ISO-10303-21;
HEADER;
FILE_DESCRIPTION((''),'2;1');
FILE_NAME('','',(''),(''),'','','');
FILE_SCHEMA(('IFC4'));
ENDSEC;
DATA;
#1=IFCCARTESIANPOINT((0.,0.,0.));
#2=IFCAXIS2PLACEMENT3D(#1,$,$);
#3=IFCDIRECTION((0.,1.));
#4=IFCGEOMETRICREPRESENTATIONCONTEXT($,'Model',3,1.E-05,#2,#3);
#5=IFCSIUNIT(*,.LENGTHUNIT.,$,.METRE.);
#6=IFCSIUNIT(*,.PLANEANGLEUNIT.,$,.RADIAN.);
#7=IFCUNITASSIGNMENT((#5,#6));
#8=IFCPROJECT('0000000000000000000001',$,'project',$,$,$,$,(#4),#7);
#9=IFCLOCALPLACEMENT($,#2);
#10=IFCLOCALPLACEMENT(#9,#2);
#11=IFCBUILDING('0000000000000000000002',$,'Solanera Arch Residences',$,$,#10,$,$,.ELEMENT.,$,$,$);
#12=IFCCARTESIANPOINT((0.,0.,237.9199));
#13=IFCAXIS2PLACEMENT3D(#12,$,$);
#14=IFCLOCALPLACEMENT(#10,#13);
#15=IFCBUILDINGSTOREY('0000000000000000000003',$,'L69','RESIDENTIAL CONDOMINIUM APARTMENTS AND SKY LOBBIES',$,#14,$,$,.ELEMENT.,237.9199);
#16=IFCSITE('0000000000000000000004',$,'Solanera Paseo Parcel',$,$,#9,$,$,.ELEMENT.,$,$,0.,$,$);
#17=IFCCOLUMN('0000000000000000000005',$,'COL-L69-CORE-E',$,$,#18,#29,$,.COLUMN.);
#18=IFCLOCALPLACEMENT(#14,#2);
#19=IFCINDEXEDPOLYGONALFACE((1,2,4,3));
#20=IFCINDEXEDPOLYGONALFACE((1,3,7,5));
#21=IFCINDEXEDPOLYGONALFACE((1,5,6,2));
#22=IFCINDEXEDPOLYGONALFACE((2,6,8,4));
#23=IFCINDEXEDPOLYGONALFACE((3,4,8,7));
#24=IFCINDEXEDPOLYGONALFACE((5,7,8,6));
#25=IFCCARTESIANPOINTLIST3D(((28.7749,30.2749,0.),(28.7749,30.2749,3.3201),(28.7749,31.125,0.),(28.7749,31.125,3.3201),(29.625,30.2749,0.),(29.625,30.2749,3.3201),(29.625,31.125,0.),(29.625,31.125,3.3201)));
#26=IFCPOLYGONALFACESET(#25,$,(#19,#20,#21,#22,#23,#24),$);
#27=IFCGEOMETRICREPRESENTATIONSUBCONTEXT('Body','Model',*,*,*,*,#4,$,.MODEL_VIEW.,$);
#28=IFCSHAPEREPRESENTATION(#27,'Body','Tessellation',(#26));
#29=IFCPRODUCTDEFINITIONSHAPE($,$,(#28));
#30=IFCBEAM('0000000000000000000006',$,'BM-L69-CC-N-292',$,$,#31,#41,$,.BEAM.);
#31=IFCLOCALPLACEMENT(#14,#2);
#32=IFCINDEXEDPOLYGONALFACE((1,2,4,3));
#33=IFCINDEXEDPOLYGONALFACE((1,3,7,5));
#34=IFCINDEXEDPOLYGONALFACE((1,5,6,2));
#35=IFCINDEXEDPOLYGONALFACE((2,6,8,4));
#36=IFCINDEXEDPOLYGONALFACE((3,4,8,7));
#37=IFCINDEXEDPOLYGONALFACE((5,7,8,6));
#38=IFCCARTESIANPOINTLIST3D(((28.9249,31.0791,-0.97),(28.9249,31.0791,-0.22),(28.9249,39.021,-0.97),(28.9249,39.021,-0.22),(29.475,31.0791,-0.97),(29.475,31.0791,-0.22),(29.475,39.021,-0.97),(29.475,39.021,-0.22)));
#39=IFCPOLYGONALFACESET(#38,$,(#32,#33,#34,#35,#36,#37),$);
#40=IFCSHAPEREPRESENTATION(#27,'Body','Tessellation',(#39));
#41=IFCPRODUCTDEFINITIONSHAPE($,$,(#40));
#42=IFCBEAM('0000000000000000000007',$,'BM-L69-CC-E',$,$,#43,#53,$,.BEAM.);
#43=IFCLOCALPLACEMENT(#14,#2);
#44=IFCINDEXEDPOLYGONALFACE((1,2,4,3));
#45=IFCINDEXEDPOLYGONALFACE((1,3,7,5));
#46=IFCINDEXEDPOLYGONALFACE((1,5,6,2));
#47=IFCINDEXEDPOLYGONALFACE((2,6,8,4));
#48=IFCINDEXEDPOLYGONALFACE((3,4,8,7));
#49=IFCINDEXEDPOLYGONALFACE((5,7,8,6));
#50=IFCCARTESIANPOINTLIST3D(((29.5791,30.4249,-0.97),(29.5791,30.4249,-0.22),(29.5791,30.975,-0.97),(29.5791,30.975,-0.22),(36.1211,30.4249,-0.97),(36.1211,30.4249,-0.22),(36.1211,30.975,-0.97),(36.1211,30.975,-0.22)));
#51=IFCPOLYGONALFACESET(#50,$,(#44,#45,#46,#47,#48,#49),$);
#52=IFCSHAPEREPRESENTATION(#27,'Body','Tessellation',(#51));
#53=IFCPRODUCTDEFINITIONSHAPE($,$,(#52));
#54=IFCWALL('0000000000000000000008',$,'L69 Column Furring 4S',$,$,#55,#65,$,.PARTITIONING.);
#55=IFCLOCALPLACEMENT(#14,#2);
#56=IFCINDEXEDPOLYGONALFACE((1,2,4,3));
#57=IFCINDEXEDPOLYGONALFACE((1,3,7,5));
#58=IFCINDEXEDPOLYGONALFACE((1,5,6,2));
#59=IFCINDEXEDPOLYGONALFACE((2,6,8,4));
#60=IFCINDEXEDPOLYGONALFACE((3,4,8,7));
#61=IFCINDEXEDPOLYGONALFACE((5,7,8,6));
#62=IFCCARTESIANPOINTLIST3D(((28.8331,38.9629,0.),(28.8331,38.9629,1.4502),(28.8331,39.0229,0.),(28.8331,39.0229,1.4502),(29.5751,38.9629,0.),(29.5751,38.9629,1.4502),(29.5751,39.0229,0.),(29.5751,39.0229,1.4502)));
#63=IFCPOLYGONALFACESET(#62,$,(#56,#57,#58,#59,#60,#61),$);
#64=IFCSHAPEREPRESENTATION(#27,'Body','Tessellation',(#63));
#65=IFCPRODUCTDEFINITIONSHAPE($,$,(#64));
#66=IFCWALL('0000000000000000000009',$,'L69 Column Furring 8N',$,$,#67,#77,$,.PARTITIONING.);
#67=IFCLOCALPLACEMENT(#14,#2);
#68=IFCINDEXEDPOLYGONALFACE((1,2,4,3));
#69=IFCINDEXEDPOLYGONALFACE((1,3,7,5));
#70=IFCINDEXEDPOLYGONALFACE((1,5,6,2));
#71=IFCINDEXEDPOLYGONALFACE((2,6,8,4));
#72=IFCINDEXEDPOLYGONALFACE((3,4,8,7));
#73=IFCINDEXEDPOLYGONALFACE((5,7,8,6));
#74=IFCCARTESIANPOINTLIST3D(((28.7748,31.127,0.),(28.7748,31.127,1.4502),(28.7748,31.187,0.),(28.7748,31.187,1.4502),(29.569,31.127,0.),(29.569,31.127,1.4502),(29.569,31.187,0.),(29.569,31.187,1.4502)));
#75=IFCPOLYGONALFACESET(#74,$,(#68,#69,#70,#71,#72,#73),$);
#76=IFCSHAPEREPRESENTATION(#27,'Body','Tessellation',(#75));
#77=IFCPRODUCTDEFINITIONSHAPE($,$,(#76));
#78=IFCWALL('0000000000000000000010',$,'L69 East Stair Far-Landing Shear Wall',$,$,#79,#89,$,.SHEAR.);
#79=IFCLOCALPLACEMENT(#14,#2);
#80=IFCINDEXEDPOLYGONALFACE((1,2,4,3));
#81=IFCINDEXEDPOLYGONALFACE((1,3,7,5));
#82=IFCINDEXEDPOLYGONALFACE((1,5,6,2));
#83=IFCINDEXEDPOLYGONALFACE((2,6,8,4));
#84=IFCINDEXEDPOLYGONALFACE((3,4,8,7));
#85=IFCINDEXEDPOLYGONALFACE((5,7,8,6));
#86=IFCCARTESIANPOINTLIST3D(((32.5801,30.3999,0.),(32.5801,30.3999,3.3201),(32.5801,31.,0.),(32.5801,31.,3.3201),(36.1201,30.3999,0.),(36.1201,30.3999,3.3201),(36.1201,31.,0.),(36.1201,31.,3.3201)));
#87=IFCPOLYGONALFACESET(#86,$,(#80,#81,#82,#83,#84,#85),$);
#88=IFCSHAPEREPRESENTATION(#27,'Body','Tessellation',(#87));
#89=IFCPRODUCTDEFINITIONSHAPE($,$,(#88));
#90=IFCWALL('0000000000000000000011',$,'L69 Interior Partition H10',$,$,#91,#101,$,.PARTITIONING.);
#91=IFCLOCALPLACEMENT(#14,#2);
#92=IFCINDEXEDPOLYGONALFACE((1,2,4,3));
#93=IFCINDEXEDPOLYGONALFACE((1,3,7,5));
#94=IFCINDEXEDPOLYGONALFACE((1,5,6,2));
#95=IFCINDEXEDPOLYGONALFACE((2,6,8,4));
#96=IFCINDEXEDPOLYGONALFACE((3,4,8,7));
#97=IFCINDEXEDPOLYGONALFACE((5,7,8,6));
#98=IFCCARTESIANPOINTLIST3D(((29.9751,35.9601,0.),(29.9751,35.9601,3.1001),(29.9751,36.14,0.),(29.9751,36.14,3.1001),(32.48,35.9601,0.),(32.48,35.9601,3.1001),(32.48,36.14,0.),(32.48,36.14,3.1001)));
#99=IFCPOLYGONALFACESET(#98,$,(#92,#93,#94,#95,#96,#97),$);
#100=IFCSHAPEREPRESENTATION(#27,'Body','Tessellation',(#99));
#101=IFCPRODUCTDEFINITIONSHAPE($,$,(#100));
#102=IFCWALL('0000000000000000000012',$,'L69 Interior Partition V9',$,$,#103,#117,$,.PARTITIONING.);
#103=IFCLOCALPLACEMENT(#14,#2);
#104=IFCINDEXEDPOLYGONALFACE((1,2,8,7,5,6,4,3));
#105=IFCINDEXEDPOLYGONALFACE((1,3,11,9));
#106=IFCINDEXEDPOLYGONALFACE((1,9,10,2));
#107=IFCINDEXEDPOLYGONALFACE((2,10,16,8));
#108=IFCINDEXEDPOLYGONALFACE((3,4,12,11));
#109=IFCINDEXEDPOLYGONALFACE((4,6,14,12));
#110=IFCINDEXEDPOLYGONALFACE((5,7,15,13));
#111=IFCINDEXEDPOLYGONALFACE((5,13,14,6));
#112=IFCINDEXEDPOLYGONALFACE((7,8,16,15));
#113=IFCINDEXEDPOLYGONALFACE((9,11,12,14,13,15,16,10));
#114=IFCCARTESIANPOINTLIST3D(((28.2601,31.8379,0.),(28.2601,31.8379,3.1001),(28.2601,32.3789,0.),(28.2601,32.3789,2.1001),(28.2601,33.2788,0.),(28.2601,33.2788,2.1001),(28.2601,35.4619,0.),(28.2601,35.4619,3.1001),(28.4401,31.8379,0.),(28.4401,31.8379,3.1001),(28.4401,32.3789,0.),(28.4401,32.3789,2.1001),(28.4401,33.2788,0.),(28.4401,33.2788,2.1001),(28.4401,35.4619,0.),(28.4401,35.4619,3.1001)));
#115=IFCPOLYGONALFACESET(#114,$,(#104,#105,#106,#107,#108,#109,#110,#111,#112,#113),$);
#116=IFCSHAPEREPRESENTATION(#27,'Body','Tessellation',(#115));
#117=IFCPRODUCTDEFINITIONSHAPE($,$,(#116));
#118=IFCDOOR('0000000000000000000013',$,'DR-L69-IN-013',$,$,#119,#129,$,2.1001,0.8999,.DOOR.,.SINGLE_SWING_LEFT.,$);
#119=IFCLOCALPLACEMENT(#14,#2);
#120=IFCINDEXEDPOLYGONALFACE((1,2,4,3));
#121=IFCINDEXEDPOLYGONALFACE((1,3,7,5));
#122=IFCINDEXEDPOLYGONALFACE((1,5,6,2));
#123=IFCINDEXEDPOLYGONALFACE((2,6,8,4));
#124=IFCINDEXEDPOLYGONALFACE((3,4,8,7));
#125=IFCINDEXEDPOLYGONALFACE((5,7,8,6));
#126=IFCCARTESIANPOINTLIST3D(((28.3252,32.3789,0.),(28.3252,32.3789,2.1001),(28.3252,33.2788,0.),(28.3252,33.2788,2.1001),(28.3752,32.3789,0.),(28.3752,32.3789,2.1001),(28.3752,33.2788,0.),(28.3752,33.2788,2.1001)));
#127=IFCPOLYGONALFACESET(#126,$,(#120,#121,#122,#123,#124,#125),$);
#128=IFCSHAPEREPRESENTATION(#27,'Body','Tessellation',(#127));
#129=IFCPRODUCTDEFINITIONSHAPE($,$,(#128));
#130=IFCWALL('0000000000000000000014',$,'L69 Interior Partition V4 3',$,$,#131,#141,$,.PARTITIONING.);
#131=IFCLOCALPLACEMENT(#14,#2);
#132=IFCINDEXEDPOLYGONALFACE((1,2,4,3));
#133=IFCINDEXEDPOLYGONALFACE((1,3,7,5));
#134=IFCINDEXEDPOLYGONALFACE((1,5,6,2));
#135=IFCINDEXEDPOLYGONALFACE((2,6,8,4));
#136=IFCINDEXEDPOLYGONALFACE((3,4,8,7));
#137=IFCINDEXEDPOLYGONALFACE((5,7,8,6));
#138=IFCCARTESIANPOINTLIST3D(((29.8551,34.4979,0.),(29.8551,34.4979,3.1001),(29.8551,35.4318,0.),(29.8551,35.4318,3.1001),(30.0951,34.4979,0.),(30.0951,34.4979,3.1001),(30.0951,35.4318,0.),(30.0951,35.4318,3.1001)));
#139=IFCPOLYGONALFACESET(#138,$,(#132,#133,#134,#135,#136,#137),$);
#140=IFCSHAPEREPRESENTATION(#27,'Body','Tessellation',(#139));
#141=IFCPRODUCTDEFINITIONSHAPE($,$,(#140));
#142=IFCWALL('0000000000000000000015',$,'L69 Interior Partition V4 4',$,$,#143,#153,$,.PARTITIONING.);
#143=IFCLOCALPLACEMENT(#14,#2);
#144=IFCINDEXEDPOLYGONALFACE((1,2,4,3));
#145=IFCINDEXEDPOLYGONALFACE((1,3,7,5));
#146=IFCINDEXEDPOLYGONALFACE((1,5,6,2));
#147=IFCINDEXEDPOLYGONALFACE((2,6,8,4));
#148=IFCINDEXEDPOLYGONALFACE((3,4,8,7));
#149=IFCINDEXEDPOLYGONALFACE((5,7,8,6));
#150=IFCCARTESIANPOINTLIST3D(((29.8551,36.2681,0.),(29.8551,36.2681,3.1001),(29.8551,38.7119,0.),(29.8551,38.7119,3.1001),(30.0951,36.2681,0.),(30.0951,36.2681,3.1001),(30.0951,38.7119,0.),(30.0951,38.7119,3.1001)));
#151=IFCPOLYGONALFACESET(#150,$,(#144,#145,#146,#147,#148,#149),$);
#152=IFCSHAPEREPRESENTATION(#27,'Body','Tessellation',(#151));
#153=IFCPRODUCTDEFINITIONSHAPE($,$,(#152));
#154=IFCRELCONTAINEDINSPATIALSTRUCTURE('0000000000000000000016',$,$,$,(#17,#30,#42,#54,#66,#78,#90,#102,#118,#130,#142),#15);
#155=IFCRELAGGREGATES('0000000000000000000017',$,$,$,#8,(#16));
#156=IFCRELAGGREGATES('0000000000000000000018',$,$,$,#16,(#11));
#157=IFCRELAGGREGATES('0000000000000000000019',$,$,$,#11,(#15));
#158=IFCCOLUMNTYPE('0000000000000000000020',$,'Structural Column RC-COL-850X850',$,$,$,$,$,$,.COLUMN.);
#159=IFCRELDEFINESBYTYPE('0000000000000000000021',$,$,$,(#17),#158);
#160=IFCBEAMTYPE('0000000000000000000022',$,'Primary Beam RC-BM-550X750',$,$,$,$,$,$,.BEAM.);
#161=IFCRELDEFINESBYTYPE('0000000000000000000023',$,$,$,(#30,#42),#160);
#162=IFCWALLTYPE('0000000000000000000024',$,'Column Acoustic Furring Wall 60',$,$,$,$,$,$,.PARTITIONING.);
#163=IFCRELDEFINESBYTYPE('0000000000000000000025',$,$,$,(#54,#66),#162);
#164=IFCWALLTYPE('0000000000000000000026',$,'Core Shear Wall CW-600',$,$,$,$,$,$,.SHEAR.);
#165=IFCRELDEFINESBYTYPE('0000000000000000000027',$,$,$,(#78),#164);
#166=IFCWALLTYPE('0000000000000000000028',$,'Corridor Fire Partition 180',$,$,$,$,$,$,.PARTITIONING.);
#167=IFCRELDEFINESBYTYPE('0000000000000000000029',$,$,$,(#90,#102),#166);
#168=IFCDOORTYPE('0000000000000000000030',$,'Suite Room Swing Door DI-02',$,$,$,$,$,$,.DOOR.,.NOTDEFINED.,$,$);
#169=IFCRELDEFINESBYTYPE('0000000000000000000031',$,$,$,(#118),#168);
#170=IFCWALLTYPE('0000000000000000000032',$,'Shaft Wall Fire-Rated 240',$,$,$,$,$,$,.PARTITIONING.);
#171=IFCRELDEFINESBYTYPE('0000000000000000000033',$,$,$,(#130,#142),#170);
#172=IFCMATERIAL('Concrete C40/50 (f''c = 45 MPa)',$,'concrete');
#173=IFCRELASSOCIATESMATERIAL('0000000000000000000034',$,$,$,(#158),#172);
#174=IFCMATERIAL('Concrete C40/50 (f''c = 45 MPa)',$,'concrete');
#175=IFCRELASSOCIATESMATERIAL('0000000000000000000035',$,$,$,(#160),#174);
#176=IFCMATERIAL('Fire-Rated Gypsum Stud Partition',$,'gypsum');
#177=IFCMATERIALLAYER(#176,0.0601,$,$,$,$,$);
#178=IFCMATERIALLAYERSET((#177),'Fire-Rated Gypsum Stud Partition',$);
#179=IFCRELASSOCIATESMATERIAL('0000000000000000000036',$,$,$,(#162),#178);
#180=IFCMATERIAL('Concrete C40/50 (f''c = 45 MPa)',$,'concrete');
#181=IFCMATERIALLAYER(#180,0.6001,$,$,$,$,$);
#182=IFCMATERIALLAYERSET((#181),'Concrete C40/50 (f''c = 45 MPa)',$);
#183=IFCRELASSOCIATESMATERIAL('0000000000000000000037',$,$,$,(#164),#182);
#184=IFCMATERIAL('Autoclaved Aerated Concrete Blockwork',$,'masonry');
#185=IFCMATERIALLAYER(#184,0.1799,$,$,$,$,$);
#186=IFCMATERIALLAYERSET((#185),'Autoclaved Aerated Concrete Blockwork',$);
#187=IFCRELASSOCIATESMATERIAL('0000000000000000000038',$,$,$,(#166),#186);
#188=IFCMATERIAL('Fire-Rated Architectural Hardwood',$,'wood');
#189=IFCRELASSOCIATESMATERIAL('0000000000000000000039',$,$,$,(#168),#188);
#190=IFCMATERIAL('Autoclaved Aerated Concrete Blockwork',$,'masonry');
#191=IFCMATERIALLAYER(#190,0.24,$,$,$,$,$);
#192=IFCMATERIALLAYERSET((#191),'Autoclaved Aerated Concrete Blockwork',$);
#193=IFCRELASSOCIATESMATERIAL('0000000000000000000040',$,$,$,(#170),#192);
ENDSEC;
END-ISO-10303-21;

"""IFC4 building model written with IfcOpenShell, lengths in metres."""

from ifc_helpers import new_model, si_unit, direction, frame, frame_2d, origin, origin_2d, place, context, subcontext, project, spatial, rectangle, extrude, material, layer, layer_set, material_profile, profile_set, type_object, element, fill, save


model = new_model("IFC4")

# Units and contexts
model_context = context("Model", 3, precision=1e-05, world=origin(), true_north=direction((0.0, 1.0)))
body_context = subcontext(model_context, "Body", "Model", "MODEL_VIEW")
ifc_project = project(units=[si_unit("LENGTHUNIT", "METRE"), si_unit("PLANEANGLEUNIT", "RADIAN")], contexts=[model_context])

# Site, building, storey
site_placement = place(None, origin())
site = spatial("IfcSite", under=ifc_project, at=site_placement, Name="Solanera Paseo Parcel", CompositionType="ELEMENT", RefElevation=0.0)
building_placement = place(site_placement, origin())
building = spatial("IfcBuilding", under=site, at=building_placement, Name="Solanera Arch Residences", CompositionType="ELEMENT")
storey_placement = place(building_placement, frame((0.0, 0.0, 237.9199)))
storey = spatial("IfcBuildingStorey", under=building, at=storey_placement, Name="L69", Description="RESIDENTIAL CONDOMINIUM APARTMENTS AND SKY LOBBIES", CompositionType="ELEMENT", Elevation=237.9199)

# Column
ifc_material_1 = material(Name="Concrete C40/50 (f'c = 45 MPa)", Category="concrete")
ifc_material_profile_1 = material_profile(ifc_material_1, rectangle(XDim=0.8501, YDim=0.8501, at=origin_2d()))
ifc_profile_set_1 = profile_set([ifc_material_profile_1], Name="Concrete C40/50 (f'c = 45 MPa)")
column_type = type_object("IfcColumnType", Name="Structural Column RC-COL-850X850", PredefinedType="COLUMN", material=ifc_profile_set_1)
column_placement = place(storey_placement, frame((29.2, 30.7, 0.0), z_axis=(0.0, 0.0, 1.0), x_axis=(1.0, 0.0, 0.0)))
element("IfcColumn", 1, at=column_placement, inside=storey, type_object=column_type, Name="COL-L69-CORE-E", PredefinedType="COLUMN", context=body_context, shape_type="SweptSolid", body=[
    extrude(rectangle(XDim=0.8501, YDim=0.8501, at=origin_2d()), origin(), (0.0, 0.0, 1.0), 3.3201),
])

# Beams
ifc_material_2 = material(Name="Concrete C40/50 (f'c = 45 MPa)", Category="concrete")
ifc_material_profile_2 = material_profile(ifc_material_2, rectangle(XDim=0.55, YDim=0.75, at=origin_2d()))
ifc_profile_set_2 = profile_set([ifc_material_profile_2], Name="Concrete C40/50 (f'c = 45 MPa)")
beam_type = type_object("IfcBeamType", Name="Primary Beam RC-BM-550X750", PredefinedType="BEAM", material=ifc_profile_set_2)
beam_1_placement = place(storey_placement, frame((29.2, 31.0791, -0.595), z_axis=(0.0, 1.0, 0.0), x_axis=(-1.0, 0.0, 0.0)))
element("IfcBeam", 2, at=beam_1_placement, inside=storey, type_object=beam_type, Name="BM-L69-CC-N-292", PredefinedType="BEAM", context=body_context, shape_type="SweptSolid", body=[
    extrude(rectangle(XDim=0.55, YDim=0.75, at=origin_2d()), origin(), (0.0, 0.0, 1.0), 7.9419),
])
beam_2_placement = place(storey_placement, frame((29.5791, 30.7, -0.595), z_axis=(1.0, 0.0, 0.0), x_axis=(0.0, 1.0, 0.0)))
element("IfcBeam", 3, at=beam_2_placement, inside=storey, type_object=beam_type, Name="BM-L69-CC-E", PredefinedType="BEAM", context=body_context, shape_type="SweptSolid", body=[
    extrude(rectangle(XDim=0.55, YDim=0.75, at=origin_2d()), origin(), (0.0, 0.0, 1.0), 6.542),
])

# Walls
ifc_material_3 = material(Name="Fire-Rated Gypsum Stud Partition", Category="gypsum")
ifc_layer_1 = layer(ifc_material_3, 0.0601)
ifc_layer_set_1 = layer_set([ifc_layer_1], Name="Fire-Rated Gypsum Stud Partition")
wall_type_1 = type_object("IfcWallType", Name="Column Acoustic Furring Wall 60", PredefinedType="PARTITIONING", material=ifc_layer_set_1)
wall_1_placement = place(storey_placement, frame((28.833, 38.9929, 0.0), z_axis=(0.0, 0.0, 1.0), x_axis=(1.0, 0.0, 0.0)))
element("IfcWall", 4, at=wall_1_placement, inside=storey, type_object=wall_type_1, Name="L69 Column Furring 4S", PredefinedType="PARTITIONING", context=body_context, shape_type="SweptSolid", body=[
    extrude(rectangle(XDim=0.7419, YDim=0.0601, at=frame_2d((0.3711, 0.0))), origin(), (0.0, 0.0, 1.0), 1.4502),
])
wall_2_placement = place(storey_placement, frame((28.7749, 31.157, 0.0), z_axis=(0.0, 0.0, 1.0), x_axis=(1.0, 0.0, 0.0)))
element("IfcWall", 5, at=wall_2_placement, inside=storey, type_object=wall_type_1, Name="L69 Column Furring 8N", PredefinedType="PARTITIONING", context=body_context, shape_type="SweptSolid", body=[
    extrude(rectangle(XDim=0.7942, YDim=0.0601, at=frame_2d((0.397, 0.0))), origin(), (0.0, 0.0, 1.0), 1.4502),
])

# Walls
ifc_material_4 = material(Name="Concrete C40/50 (f'c = 45 MPa)", Category="concrete")
ifc_layer_2 = layer(ifc_material_4, 0.6001)
ifc_layer_set_2 = layer_set([ifc_layer_2], Name="Concrete C40/50 (f'c = 45 MPa)")
wall_type_2 = type_object("IfcWallType", Name="Core Shear Wall CW-600", PredefinedType="SHEAR", material=ifc_layer_set_2)
wall_3_placement = place(storey_placement, frame((32.5801, 30.7, 0.0), z_axis=(0.0, 0.0, 1.0), x_axis=(1.0, 0.0, 0.0)))
element("IfcWall", 6, at=wall_3_placement, inside=storey, type_object=wall_type_2, Name="L69 East Stair Far-Landing Shear Wall", PredefinedType="SHEAR", context=body_context, shape_type="SweptSolid", body=[
    extrude(rectangle(XDim=3.54, YDim=0.6001, at=frame_2d((1.77, 0.0))), origin(), (0.0, 0.0, 1.0), 3.3201),
])
ifc_material_5 = material(Name="Autoclaved Aerated Concrete Blockwork", Category="masonry")
ifc_layer_3 = layer(ifc_material_5, 0.1799)
ifc_layer_set_3 = layer_set([ifc_layer_3], Name="Autoclaved Aerated Concrete Blockwork")
wall_type_3 = type_object("IfcWallType", Name="Corridor Fire Partition 180", PredefinedType="PARTITIONING", material=ifc_layer_set_3)
wall_4_placement = place(storey_placement, frame((29.9751, 36.05, 0.0), z_axis=(0.0, 0.0, 1.0), x_axis=(1.0, 0.0, 0.0)))
element("IfcWall", 7, at=wall_4_placement, inside=storey, type_object=wall_type_3, Name="L69 Interior Partition H10", PredefinedType="PARTITIONING", context=body_context, shape_type="SweptSolid", body=[
    extrude(rectangle(XDim=2.5049, YDim=0.1799, at=frame_2d((1.2524, 0.0))), origin(), (0.0, 0.0, 1.0), 3.1001),
])

# Wall, opening, door
wall_5_placement = place(storey_placement, frame((28.3501, 31.8379, 0.0), z_axis=(0.0, 0.0, 1.0), x_axis=(0.0, 1.0, 0.0)))
wall_5 = element("IfcWall", 8, at=wall_5_placement, inside=storey, type_object=wall_type_3, Name="L69 Interior Partition V9", PredefinedType="PARTITIONING", context=body_context, shape_type="SweptSolid", body=[
    extrude(rectangle(XDim=3.624, YDim=0.1799, at=frame_2d((1.812, 0.0))), origin(), (0.0, 0.0, 1.0), 3.1001),
])
opening_1_placement = place(wall_5_placement, frame((0.541, 0.0, 0.0)))
opening_1 = element("IfcOpeningElement", 9, at=opening_1_placement, cuts=wall_5, PredefinedType="OPENING", context=body_context, shape_type="SweptSolid", body=[
    extrude(rectangle(XDim=0.8999, YDim=2.1001, at=frame_2d((0.45, 1.05))), frame((0.0, 0.1001, 0.0), z_axis=(0.0, -1.0, 0.0), x_axis=(1.0, 0.0, 0.0)), (0.0, 0.0, 1.0), 0.1999),
])
ifc_material_6 = material(Name="Fire-Rated Architectural Hardwood", Category="wood")
door_type_1 = type_object("IfcDoorType", Name="Suite Room Swing Door DI-02", OperationType="NOTDEFINED", PredefinedType="DOOR", material=ifc_material_6)
door_1_placement = place(opening_1_placement, origin())
door_1 = element("IfcDoor", 10, at=door_1_placement, inside=storey, type_object=door_type_1, Name="DR-L69-IN-013", OperationType="SINGLE_SWING_LEFT", OverallHeight=2.1001, OverallWidth=0.8999, PredefinedType="DOOR", context=body_context, shape_type="SweptSolid", body=[
    extrude(rectangle(XDim=0.8999, YDim=2.1001, at=frame_2d((0.45, 1.05))), frame((0.0, 0.0249, 0.0), z_axis=(0.0, -1.0, 0.0), x_axis=(1.0, 0.0, 0.0)), (0.0, 0.0, 1.0), 0.05),
])
fill(opening_1, door_1)
ifc_material_7 = material(Name="Autoclaved Aerated Concrete Blockwork", Category="masonry")
ifc_layer_4 = layer(ifc_material_7, 0.24)
ifc_layer_set_4 = layer_set([ifc_layer_4], Name="Autoclaved Aerated Concrete Blockwork")
wall_type_4 = type_object("IfcWallType", Name="Shaft Wall Fire-Rated 240", PredefinedType="PARTITIONING", material=ifc_layer_set_4)

# Walls
wall_6_placement = place(storey_placement, frame((29.9751, 34.498, 0.0), z_axis=(0.0, 0.0, 1.0), x_axis=(0.0, 1.0, 0.0)))
element("IfcWall", 11, at=wall_6_placement, inside=storey, type_object=wall_type_4, Name="L69 Interior Partition V4 3", PredefinedType="PARTITIONING", context=body_context, shape_type="SweptSolid", body=[
    extrude(rectangle(XDim=0.9338, YDim=0.24, at=frame_2d((0.4668, 0.0))), origin(), (0.0, 0.0, 1.0), 3.1001),
])
wall_7_placement = place(storey_placement, frame((29.9751, 36.2681, 0.0), z_axis=(0.0, 0.0, 1.0), x_axis=(0.0, 1.0, 0.0)))
element("IfcWall", 12, at=wall_7_placement, inside=storey, type_object=wall_type_4, Name="L69 Interior Partition V4 4", PredefinedType="PARTITIONING", context=body_context, shape_type="SweptSolid", body=[
    extrude(rectangle(XDim=2.4438, YDim=0.24, at=frame_2d((1.2219, 0.0))), origin(), (0.0, 0.0, 1.0), 3.1001),
])

save(model, "model.ifc")
